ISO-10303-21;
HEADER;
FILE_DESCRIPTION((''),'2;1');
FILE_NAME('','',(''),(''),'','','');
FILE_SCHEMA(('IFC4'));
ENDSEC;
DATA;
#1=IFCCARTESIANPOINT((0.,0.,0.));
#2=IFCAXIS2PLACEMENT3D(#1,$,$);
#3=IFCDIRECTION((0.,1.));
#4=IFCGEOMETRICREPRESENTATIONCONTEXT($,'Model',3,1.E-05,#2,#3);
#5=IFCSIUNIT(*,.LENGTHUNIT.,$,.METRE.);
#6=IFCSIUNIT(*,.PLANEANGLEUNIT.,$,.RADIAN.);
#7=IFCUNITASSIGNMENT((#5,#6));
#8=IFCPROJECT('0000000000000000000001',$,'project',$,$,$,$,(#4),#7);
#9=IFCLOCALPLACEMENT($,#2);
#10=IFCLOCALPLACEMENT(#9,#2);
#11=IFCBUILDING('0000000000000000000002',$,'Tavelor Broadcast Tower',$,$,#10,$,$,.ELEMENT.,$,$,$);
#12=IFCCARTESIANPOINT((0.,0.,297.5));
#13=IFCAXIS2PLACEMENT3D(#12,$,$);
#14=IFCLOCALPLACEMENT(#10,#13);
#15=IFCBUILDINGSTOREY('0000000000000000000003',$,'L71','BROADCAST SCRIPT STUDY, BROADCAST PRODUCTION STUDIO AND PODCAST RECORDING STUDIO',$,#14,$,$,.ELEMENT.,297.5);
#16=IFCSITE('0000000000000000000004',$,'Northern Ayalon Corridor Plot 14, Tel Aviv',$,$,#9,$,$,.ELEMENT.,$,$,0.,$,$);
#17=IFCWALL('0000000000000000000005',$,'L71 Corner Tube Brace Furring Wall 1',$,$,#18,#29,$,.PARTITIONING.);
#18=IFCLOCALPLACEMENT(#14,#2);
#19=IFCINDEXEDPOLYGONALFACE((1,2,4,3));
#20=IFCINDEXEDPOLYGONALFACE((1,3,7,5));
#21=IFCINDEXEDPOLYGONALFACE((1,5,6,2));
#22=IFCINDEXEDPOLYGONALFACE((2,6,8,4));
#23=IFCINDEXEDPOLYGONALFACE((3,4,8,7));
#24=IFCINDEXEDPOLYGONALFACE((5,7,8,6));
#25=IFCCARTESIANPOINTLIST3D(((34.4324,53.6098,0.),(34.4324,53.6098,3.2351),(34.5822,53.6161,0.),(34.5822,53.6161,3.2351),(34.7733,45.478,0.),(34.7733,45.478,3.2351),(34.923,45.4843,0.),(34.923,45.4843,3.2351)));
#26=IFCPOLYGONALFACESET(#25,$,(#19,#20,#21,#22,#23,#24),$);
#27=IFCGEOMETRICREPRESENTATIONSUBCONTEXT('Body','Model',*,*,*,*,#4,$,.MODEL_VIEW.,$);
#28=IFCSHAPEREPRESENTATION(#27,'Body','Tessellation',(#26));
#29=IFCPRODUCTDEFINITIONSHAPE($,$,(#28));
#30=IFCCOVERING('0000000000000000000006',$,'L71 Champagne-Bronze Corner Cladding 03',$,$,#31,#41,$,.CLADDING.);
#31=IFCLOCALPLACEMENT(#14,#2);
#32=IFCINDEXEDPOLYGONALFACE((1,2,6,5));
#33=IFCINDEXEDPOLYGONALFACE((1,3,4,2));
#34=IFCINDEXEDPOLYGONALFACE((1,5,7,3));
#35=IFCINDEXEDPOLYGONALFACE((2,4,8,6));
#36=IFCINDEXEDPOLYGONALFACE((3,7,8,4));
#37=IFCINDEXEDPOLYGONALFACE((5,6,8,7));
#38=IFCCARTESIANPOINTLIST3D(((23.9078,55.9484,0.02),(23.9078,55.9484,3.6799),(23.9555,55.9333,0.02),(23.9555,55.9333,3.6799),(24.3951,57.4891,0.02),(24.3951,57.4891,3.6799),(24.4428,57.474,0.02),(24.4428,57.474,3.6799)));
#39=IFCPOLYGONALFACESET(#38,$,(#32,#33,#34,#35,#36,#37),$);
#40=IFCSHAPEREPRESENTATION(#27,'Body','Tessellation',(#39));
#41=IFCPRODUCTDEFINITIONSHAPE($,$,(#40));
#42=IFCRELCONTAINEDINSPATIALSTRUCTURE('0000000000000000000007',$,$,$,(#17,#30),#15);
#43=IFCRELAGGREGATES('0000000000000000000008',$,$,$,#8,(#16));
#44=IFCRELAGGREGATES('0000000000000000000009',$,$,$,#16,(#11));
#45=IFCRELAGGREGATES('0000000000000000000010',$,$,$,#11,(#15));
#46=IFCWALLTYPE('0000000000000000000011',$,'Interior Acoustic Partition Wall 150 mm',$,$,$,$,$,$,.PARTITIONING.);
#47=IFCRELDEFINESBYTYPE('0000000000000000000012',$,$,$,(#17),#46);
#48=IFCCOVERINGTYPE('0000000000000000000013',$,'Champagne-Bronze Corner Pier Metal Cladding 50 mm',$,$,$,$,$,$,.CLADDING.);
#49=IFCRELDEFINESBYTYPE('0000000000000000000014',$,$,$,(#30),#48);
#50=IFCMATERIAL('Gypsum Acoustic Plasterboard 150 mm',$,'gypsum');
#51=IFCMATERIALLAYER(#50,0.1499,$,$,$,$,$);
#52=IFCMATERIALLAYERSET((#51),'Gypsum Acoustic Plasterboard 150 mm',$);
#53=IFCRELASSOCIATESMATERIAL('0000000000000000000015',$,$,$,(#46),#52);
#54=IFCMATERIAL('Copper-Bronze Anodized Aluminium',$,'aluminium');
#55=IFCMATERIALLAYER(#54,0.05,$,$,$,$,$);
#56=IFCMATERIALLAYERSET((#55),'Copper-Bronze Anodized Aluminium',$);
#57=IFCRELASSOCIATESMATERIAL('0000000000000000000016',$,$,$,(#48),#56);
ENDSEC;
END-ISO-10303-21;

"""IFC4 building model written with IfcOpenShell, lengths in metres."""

from ifc_helpers import new_model, si_unit, direction, frame, frame_2d, origin, origin_2d, place, context, subcontext, project, spatial, rectangle, extrude, material, layer, layer_set, type_object, element, save


model = new_model("IFC4")

# Units and contexts
model_context = context("Model", 3, precision=1e-05, world=origin(), true_north=direction((0.0, 1.0)))
body_context = subcontext(model_context, "Body", "Model", "MODEL_VIEW")
ifc_project = project(units=[si_unit("LENGTHUNIT", "METRE"), si_unit("PLANEANGLEUNIT", "RADIAN")], contexts=[model_context])

# Site, building, storey
site_placement = place(None, origin())
site = spatial("IfcSite", under=ifc_project, at=site_placement, Name="Northern Ayalon Corridor Plot 14, Tel Aviv", CompositionType="ELEMENT", RefElevation=0.0)
building_placement = place(site_placement, origin())
building = spatial("IfcBuilding", under=site, at=building_placement, Name="Tavelor Broadcast Tower", CompositionType="ELEMENT")
storey_placement = place(building_placement, frame((0.0, 0.0, 297.5)))
storey = spatial("IfcBuildingStorey", under=building, at=storey_placement, Name="L71", Description="BROADCAST SCRIPT STUDY, BROADCAST PRODUCTION STUDIO AND PODCAST RECORDING STUDIO", CompositionType="ELEMENT", Elevation=297.5)

# Wall
ifc_material_1 = material(Name="Gypsum Acoustic Plasterboard 150 mm", Category="gypsum")
ifc_layer_1 = layer(ifc_material_1, 0.1499)
ifc_layer_set_1 = layer_set([ifc_layer_1], Name="Gypsum Acoustic Plasterboard 150 mm")
wall_type_1 = type_object("IfcWallType", Name="Interior Acoustic Partition Wall 150 mm", PredefinedType="PARTITIONING", material=ifc_layer_set_1)
wall_1_placement = place(storey_placement, frame((34.5073, 53.6128, 0.0), z_axis=(0.0, 0.0, 1.0), x_axis=(0.041875, -0.999123, 0.0)))
element("IfcWall", 1, at=wall_1_placement, inside=storey, type_object=wall_type_1, Name="L71 Corner Tube Brace Furring Wall 1", PredefinedType="PARTITIONING", context=body_context, shape_type="SweptSolid", body=[
    extrude(rectangle(XDim=8.1389, YDim=0.1499, at=frame_2d((4.0693, 0.0))), origin(), (0.0, 0.0, 1.0), 3.2351),
])

# Covering
ifc_material_2 = material(Name="Copper-Bronze Anodized Aluminium", Category="aluminium")
ifc_layer_2 = layer(ifc_material_2, 0.05)
ifc_layer_set_2 = layer_set([ifc_layer_2], Name="Copper-Bronze Anodized Aluminium")
covering_type = type_object("IfcCoveringType", Name="Champagne-Bronze Corner Pier Metal Cladding 50 mm", PredefinedType="CLADDING", material=ifc_layer_set_2)
covering_placement = place(storey_placement, frame((24.1753, 56.7112, 0.02), z_axis=(0.0, 0.0, 1.0), x_axis=(-0.301538, -0.953454, 0.0)))
element("IfcCovering", 2, at=covering_placement, inside=storey, type_object=covering_type, Name="L71 Champagne-Bronze Corner Cladding 03", PredefinedType="CLADDING", context=body_context, shape_type="SweptSolid", body=[
    extrude(rectangle(XDim=1.616, YDim=0.05, at=origin_2d()), origin(), (0.0, 0.0, 1.0), 3.6599),
])

save(model, "model.ifc")
